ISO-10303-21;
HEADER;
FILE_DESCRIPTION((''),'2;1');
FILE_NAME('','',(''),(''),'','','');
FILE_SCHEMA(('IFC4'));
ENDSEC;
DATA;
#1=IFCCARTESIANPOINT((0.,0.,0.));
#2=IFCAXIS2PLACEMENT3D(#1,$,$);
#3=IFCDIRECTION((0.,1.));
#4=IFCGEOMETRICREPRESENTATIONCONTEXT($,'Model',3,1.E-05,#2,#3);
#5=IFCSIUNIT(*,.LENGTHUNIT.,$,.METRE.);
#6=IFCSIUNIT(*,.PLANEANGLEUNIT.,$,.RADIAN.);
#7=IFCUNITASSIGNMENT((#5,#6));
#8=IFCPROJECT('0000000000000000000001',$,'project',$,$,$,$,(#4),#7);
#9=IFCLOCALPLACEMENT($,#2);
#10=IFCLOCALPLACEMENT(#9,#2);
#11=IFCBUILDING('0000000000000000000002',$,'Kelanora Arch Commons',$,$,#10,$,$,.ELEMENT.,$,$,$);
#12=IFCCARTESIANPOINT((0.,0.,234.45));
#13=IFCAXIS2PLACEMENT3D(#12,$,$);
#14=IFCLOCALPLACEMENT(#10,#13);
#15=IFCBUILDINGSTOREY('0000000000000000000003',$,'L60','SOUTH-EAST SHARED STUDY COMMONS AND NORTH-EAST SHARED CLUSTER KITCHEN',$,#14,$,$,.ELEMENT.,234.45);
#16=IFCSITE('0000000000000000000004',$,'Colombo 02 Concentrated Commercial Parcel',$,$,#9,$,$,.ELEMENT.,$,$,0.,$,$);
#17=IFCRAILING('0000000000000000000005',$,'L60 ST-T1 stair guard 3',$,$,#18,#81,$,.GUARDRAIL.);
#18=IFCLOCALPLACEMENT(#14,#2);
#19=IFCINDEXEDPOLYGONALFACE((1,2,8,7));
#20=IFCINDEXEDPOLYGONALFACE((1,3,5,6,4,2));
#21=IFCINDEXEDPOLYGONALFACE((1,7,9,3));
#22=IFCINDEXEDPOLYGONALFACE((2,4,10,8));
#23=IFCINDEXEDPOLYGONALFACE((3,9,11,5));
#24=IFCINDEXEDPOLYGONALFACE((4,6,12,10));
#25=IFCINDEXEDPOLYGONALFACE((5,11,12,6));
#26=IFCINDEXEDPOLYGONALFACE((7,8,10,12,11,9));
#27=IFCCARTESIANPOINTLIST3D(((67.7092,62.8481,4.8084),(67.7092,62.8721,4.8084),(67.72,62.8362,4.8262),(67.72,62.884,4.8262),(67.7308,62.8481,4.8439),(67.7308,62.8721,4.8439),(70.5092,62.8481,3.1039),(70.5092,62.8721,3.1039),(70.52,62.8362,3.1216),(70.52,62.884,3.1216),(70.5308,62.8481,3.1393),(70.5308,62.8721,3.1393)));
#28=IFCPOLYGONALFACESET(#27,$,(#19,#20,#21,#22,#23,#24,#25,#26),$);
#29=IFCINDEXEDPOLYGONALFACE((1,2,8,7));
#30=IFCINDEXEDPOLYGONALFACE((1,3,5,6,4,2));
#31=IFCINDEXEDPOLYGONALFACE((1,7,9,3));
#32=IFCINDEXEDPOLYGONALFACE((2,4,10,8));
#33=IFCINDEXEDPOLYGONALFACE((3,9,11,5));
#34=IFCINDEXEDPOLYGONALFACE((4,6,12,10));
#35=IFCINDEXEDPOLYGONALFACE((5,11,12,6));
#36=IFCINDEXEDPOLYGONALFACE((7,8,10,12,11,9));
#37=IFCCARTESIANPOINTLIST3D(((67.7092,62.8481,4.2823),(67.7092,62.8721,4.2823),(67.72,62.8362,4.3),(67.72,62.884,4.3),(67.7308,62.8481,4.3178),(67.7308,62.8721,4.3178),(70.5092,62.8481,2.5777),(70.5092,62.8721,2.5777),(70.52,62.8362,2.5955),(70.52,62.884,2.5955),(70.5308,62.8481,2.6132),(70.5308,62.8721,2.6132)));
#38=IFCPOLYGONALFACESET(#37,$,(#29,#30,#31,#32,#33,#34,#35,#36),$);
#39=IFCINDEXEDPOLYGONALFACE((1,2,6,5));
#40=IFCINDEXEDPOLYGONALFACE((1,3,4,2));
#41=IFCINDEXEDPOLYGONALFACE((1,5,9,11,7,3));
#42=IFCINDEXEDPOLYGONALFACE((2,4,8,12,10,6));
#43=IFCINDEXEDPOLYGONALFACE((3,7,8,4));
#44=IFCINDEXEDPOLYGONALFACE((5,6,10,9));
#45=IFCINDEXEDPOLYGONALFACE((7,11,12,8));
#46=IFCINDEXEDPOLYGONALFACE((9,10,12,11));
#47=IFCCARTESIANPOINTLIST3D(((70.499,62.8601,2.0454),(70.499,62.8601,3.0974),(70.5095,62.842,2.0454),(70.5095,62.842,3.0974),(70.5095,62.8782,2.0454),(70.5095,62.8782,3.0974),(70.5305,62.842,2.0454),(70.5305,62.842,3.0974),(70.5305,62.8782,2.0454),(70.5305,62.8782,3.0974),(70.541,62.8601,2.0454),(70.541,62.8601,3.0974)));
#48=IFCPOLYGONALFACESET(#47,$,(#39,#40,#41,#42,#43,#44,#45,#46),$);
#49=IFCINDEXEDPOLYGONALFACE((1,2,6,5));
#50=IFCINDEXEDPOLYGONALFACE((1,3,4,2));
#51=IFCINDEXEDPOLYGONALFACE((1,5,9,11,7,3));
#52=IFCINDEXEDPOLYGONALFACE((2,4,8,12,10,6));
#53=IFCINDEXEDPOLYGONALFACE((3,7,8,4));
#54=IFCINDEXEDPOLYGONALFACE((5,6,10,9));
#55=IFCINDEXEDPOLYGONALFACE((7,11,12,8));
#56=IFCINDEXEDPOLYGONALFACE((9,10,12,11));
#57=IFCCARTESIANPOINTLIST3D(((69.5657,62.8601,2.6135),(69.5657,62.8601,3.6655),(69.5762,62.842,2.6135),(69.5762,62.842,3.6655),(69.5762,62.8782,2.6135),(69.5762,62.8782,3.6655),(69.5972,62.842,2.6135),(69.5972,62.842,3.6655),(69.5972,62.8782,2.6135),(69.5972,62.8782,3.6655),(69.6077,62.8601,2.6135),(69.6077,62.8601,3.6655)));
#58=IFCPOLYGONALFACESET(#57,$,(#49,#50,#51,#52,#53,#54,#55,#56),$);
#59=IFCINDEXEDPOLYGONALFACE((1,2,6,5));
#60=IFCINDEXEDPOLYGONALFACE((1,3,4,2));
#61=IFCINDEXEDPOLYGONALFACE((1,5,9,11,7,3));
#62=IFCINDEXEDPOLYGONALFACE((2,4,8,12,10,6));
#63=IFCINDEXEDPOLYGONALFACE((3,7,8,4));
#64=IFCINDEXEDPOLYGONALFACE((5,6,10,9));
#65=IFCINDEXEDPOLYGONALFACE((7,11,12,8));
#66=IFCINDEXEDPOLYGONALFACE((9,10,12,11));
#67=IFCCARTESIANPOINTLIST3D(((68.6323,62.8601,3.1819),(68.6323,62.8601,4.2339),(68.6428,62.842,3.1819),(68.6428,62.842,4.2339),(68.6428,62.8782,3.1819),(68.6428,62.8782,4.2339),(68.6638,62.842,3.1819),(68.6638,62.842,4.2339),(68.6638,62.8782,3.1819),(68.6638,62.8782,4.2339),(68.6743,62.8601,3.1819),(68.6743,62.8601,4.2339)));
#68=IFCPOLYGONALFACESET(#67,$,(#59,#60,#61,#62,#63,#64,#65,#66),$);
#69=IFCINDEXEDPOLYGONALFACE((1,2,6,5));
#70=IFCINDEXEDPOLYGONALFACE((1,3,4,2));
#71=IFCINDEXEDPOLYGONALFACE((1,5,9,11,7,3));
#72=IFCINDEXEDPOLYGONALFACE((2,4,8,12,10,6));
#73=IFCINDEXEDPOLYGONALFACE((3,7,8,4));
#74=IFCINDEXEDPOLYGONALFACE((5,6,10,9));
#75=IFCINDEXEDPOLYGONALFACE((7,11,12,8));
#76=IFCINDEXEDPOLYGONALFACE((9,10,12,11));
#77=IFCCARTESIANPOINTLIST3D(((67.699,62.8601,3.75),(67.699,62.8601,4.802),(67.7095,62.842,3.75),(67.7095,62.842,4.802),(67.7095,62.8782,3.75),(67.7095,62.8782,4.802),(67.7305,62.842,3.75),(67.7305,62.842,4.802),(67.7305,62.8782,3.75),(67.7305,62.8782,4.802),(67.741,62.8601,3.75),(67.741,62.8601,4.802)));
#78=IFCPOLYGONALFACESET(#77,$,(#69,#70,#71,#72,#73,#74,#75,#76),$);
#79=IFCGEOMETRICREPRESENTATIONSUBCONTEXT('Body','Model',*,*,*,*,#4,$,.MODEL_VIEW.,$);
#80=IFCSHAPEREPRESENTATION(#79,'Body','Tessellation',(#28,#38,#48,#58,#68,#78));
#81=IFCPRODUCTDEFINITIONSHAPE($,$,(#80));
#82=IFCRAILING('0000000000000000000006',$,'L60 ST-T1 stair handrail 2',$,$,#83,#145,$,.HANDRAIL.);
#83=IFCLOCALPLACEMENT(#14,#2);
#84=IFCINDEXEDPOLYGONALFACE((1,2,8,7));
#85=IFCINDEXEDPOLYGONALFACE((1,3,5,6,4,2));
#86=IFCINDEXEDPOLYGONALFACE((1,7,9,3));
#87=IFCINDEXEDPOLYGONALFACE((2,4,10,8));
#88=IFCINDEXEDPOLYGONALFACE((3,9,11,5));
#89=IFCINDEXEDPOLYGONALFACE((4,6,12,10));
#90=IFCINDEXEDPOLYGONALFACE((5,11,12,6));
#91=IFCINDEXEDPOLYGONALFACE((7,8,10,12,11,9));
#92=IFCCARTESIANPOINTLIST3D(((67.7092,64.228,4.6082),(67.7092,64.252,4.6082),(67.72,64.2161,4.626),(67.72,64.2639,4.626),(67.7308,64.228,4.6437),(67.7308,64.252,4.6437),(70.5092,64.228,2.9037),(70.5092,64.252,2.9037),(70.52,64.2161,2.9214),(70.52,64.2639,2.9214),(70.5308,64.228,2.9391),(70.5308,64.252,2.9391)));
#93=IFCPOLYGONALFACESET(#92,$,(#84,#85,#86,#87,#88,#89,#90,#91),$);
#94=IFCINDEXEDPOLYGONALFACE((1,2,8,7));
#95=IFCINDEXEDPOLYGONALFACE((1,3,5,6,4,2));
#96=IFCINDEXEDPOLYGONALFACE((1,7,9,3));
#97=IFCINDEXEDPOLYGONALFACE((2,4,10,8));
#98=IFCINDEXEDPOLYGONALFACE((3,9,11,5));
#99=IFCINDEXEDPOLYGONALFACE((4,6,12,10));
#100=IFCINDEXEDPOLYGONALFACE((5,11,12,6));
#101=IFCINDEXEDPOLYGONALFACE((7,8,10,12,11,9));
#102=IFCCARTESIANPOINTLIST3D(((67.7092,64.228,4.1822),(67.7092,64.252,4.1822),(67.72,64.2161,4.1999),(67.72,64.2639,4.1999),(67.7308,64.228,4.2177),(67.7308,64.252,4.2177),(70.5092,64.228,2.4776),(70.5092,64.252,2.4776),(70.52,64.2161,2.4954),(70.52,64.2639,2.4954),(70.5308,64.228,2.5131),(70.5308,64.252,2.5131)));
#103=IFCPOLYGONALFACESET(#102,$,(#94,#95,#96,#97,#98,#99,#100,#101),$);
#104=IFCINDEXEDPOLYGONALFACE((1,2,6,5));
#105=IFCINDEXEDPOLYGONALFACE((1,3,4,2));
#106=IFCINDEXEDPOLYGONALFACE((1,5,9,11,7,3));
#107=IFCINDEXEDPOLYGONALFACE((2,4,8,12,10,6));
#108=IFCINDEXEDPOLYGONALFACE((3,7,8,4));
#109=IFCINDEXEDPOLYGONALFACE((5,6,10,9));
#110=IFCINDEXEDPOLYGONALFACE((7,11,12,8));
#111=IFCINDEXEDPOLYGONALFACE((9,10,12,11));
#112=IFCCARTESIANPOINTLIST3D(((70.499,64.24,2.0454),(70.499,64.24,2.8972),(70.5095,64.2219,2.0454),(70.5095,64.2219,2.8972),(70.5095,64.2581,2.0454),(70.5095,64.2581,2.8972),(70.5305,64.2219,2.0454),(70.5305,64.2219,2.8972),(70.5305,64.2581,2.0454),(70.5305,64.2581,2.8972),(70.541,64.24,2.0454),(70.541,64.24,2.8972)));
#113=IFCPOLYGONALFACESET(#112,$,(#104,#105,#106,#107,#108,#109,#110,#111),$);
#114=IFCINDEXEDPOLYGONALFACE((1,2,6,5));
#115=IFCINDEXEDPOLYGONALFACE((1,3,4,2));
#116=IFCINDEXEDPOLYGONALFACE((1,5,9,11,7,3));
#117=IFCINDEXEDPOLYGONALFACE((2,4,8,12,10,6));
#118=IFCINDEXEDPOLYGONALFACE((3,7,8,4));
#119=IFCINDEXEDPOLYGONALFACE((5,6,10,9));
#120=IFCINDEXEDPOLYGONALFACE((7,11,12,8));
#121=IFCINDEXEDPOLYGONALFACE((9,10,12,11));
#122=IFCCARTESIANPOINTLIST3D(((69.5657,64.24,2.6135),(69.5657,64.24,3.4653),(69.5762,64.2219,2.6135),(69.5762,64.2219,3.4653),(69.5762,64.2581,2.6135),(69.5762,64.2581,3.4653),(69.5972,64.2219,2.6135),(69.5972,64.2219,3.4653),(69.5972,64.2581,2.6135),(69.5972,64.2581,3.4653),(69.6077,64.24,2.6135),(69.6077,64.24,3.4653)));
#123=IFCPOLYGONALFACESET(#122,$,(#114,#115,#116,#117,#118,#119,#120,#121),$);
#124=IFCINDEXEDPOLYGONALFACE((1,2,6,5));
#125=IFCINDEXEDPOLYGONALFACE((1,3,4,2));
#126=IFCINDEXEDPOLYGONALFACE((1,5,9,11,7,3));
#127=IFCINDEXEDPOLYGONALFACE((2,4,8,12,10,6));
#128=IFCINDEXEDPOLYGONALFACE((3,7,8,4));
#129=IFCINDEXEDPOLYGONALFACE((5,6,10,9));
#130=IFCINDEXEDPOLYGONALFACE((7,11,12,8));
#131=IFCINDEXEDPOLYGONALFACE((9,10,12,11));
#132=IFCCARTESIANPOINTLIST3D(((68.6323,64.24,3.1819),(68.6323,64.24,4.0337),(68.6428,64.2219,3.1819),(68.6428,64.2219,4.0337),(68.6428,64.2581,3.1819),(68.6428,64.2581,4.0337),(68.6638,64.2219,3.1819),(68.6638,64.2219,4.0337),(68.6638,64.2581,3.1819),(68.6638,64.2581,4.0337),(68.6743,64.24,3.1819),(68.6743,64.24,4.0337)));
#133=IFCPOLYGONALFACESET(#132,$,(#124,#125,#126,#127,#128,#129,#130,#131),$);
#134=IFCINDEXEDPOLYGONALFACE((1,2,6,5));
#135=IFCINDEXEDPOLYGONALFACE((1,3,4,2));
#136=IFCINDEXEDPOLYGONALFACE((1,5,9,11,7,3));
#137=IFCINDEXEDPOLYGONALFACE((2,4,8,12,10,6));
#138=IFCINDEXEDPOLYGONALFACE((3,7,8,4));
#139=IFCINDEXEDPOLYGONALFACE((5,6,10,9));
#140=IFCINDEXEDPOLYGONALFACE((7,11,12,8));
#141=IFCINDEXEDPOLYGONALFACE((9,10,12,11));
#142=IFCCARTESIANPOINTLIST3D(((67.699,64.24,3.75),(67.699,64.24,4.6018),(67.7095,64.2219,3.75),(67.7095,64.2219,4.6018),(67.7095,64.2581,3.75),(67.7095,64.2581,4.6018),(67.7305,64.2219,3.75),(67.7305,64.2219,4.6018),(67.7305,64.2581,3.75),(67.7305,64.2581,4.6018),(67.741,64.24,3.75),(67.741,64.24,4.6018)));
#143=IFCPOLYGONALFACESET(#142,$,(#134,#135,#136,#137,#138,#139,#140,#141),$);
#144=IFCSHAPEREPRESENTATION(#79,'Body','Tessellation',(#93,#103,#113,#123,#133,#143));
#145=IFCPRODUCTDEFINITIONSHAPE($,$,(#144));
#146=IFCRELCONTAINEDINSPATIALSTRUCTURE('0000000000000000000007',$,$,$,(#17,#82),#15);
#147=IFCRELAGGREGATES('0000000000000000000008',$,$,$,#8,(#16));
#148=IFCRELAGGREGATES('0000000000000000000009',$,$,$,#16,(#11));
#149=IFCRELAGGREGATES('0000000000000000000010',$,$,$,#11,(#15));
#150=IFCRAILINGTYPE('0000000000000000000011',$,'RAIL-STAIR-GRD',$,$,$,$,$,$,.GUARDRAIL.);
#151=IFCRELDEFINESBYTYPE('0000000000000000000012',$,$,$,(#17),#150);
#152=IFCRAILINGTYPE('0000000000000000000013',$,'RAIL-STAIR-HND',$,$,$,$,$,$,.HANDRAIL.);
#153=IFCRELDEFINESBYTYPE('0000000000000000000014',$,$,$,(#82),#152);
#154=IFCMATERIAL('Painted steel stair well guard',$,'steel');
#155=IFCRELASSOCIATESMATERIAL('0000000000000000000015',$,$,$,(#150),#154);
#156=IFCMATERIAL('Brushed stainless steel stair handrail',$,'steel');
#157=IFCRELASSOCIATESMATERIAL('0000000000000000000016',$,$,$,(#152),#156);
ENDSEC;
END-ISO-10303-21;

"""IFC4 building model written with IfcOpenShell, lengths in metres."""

from ifc_helpers import new_model, si_unit, direction, frame, origin, place, context, subcontext, project, spatial, polyline, outline, extrude, material, type_object, element, save


model = new_model("IFC4")

# Units and contexts
model_context = context("Model", 3, precision=1e-05, world=origin(), true_north=direction((0.0, 1.0)))
body_context = subcontext(model_context, "Body", "Model", "MODEL_VIEW")
ifc_project = project(units=[si_unit("LENGTHUNIT", "METRE"), si_unit("PLANEANGLEUNIT", "RADIAN")], contexts=[model_context])

# Site, building, storey
site_placement = place(None, origin())
site = spatial("IfcSite", under=ifc_project, at=site_placement, Name="Colombo 02 Concentrated Commercial Parcel", CompositionType="ELEMENT", RefElevation=0.0)
building_placement = place(site_placement, origin())
building = spatial("IfcBuilding", under=site, at=building_placement, Name="Kelanora Arch Commons", CompositionType="ELEMENT")
storey_placement = place(building_placement, frame((0.0, 0.0, 234.45)))
storey = spatial("IfcBuildingStorey", under=building, at=storey_placement, Name="L60", Description="SOUTH-EAST SHARED STUDY COMMONS AND NORTH-EAST SHARED CLUSTER KITCHEN", CompositionType="ELEMENT", Elevation=234.45)

# Railings
ifc_material_1 = material(Name="Painted steel stair well guard", Category="steel")
railing_type_1 = type_object("IfcRailingType", Name="RAIL-STAIR-GRD", PredefinedType="GUARDRAIL", material=ifc_material_1)
railing_1_placement = place(storey_placement, frame((70.52, 62.8601, 2.0454)))
element("IfcRailing", 1, at=railing_1_placement, inside=storey, type_object=railing_type_1, Name="L60 ST-T1 stair guard 3", PredefinedType="GUARDRAIL", context=body_context, shape_type="SweptSolid", body=[
    extrude(outline(polyline([(0.0239, 0.0), (0.012, 0.0208), (-0.012, 0.0208), (-0.0239, 0.0), (-0.012, -0.0208), (0.012, -0.0208), (0.0239, 0.0)])), frame((0.0, 0.0, 1.0762), z_axis=(-0.85417, 0.0, 0.519994), x_axis=(0.0, -1.0, 0.0)), (0.0, 0.0, 1.0), 3.2781),
    extrude(outline(polyline([(0.0239, 0.0), (0.012, 0.0208), (-0.012, 0.0208), (-0.0239, 0.0), (-0.012, -0.0208), (0.012, -0.0208), (0.0239, 0.0)])), frame((0.0, 0.0, 0.55), z_axis=(-0.85417, 0.0, 0.519994), x_axis=(0.0, -1.0, 0.0)), (0.0, 0.0, 1.0), 3.2781),
    extrude(outline(polyline([(0.021, 0.0), (0.0105, 0.0181), (-0.0105, 0.0181), (-0.021, 0.0), (-0.0105, -0.0181), (0.0105, -0.0181), (0.021, 0.0)])), origin(), (0.0, 0.0, 1.0), 1.052),
    extrude(outline(polyline([(0.021, 0.0), (0.0105, 0.0181), (-0.0105, 0.0181), (-0.021, 0.0), (-0.0105, -0.0181), (0.0105, -0.0181), (0.021, 0.0)])), frame((-0.9333, 0.0, 0.5681)), (0.0, 0.0, 1.0), 1.052),
    extrude(outline(polyline([(0.021, 0.0), (0.0105, 0.0181), (-0.0105, 0.0181), (-0.021, 0.0), (-0.0105, -0.0181), (0.0105, -0.0181), (0.021, 0.0)])), frame((-1.8667, 0.0, 1.1365)), (0.0, 0.0, 1.0), 1.052),
    extrude(outline(polyline([(0.021, 0.0), (0.0105, 0.0181), (-0.0105, 0.0181), (-0.021, 0.0), (-0.0105, -0.0181), (0.0105, -0.0181), (0.021, 0.0)])), frame((-2.8, 0.0, 1.7046)), (0.0, 0.0, 1.0), 1.052),
])
ifc_material_2 = material(Name="Brushed stainless steel stair handrail", Category="steel")
railing_type_2 = type_object("IfcRailingType", Name="RAIL-STAIR-HND", PredefinedType="HANDRAIL", material=ifc_material_2)
railing_2_placement = place(storey_placement, frame((70.52, 64.24, 2.0454)))
element("IfcRailing", 2, at=railing_2_placement, inside=storey, type_object=railing_type_2, Name="L60 ST-T1 stair handrail 2", PredefinedType="HANDRAIL", context=body_context, shape_type="SweptSolid", body=[
    extrude(outline(polyline([(0.0239, 0.0), (0.012, 0.0208), (-0.012, 0.0208), (-0.0239, 0.0), (-0.012, -0.0208), (0.012, -0.0208), (0.0239, 0.0)])), frame((0.0, 0.0, 0.876), z_axis=(-0.85417, 0.0, 0.519994), x_axis=(0.0, -1.0, 0.0)), (0.0, 0.0, 1.0), 3.2781),
    extrude(outline(polyline([(0.0239, 0.0), (0.012, 0.0208), (-0.012, 0.0208), (-0.0239, 0.0), (-0.012, -0.0208), (0.012, -0.0208), (0.0239, 0.0)])), frame((0.0, 0.0, 0.45), z_axis=(-0.85417, 0.0, 0.519994), x_axis=(0.0, -1.0, 0.0)), (0.0, 0.0, 1.0), 3.2781),
    extrude(outline(polyline([(0.021, 0.0), (0.0105, 0.0181), (-0.0105, 0.0181), (-0.021, 0.0), (-0.0105, -0.0181), (0.0105, -0.0181), (0.021, 0.0)])), origin(), (0.0, 0.0, 1.0), 0.8518),
    extrude(outline(polyline([(0.021, 0.0), (0.0105, 0.0181), (-0.0105, 0.0181), (-0.021, 0.0), (-0.0105, -0.0181), (0.0105, -0.0181), (0.021, 0.0)])), frame((-0.9333, 0.0, 0.5681)), (0.0, 0.0, 1.0), 0.8518),
    extrude(outline(polyline([(0.021, 0.0), (0.0105, 0.0181), (-0.0105, 0.0181), (-0.021, 0.0), (-0.0105, -0.0181), (0.0105, -0.0181), (0.021, 0.0)])), frame((-1.8667, 0.0, 1.1365)), (0.0, 0.0, 1.0), 0.8518),
    extrude(outline(polyline([(0.021, 0.0), (0.0105, 0.0181), (-0.0105, 0.0181), (-0.021, 0.0), (-0.0105, -0.0181), (0.0105, -0.0181), (0.021, 0.0)])), frame((-2.8, 0.0, 1.7046)), (0.0, 0.0, 1.0), 0.8518),
])

save(model, "model.ifc")
